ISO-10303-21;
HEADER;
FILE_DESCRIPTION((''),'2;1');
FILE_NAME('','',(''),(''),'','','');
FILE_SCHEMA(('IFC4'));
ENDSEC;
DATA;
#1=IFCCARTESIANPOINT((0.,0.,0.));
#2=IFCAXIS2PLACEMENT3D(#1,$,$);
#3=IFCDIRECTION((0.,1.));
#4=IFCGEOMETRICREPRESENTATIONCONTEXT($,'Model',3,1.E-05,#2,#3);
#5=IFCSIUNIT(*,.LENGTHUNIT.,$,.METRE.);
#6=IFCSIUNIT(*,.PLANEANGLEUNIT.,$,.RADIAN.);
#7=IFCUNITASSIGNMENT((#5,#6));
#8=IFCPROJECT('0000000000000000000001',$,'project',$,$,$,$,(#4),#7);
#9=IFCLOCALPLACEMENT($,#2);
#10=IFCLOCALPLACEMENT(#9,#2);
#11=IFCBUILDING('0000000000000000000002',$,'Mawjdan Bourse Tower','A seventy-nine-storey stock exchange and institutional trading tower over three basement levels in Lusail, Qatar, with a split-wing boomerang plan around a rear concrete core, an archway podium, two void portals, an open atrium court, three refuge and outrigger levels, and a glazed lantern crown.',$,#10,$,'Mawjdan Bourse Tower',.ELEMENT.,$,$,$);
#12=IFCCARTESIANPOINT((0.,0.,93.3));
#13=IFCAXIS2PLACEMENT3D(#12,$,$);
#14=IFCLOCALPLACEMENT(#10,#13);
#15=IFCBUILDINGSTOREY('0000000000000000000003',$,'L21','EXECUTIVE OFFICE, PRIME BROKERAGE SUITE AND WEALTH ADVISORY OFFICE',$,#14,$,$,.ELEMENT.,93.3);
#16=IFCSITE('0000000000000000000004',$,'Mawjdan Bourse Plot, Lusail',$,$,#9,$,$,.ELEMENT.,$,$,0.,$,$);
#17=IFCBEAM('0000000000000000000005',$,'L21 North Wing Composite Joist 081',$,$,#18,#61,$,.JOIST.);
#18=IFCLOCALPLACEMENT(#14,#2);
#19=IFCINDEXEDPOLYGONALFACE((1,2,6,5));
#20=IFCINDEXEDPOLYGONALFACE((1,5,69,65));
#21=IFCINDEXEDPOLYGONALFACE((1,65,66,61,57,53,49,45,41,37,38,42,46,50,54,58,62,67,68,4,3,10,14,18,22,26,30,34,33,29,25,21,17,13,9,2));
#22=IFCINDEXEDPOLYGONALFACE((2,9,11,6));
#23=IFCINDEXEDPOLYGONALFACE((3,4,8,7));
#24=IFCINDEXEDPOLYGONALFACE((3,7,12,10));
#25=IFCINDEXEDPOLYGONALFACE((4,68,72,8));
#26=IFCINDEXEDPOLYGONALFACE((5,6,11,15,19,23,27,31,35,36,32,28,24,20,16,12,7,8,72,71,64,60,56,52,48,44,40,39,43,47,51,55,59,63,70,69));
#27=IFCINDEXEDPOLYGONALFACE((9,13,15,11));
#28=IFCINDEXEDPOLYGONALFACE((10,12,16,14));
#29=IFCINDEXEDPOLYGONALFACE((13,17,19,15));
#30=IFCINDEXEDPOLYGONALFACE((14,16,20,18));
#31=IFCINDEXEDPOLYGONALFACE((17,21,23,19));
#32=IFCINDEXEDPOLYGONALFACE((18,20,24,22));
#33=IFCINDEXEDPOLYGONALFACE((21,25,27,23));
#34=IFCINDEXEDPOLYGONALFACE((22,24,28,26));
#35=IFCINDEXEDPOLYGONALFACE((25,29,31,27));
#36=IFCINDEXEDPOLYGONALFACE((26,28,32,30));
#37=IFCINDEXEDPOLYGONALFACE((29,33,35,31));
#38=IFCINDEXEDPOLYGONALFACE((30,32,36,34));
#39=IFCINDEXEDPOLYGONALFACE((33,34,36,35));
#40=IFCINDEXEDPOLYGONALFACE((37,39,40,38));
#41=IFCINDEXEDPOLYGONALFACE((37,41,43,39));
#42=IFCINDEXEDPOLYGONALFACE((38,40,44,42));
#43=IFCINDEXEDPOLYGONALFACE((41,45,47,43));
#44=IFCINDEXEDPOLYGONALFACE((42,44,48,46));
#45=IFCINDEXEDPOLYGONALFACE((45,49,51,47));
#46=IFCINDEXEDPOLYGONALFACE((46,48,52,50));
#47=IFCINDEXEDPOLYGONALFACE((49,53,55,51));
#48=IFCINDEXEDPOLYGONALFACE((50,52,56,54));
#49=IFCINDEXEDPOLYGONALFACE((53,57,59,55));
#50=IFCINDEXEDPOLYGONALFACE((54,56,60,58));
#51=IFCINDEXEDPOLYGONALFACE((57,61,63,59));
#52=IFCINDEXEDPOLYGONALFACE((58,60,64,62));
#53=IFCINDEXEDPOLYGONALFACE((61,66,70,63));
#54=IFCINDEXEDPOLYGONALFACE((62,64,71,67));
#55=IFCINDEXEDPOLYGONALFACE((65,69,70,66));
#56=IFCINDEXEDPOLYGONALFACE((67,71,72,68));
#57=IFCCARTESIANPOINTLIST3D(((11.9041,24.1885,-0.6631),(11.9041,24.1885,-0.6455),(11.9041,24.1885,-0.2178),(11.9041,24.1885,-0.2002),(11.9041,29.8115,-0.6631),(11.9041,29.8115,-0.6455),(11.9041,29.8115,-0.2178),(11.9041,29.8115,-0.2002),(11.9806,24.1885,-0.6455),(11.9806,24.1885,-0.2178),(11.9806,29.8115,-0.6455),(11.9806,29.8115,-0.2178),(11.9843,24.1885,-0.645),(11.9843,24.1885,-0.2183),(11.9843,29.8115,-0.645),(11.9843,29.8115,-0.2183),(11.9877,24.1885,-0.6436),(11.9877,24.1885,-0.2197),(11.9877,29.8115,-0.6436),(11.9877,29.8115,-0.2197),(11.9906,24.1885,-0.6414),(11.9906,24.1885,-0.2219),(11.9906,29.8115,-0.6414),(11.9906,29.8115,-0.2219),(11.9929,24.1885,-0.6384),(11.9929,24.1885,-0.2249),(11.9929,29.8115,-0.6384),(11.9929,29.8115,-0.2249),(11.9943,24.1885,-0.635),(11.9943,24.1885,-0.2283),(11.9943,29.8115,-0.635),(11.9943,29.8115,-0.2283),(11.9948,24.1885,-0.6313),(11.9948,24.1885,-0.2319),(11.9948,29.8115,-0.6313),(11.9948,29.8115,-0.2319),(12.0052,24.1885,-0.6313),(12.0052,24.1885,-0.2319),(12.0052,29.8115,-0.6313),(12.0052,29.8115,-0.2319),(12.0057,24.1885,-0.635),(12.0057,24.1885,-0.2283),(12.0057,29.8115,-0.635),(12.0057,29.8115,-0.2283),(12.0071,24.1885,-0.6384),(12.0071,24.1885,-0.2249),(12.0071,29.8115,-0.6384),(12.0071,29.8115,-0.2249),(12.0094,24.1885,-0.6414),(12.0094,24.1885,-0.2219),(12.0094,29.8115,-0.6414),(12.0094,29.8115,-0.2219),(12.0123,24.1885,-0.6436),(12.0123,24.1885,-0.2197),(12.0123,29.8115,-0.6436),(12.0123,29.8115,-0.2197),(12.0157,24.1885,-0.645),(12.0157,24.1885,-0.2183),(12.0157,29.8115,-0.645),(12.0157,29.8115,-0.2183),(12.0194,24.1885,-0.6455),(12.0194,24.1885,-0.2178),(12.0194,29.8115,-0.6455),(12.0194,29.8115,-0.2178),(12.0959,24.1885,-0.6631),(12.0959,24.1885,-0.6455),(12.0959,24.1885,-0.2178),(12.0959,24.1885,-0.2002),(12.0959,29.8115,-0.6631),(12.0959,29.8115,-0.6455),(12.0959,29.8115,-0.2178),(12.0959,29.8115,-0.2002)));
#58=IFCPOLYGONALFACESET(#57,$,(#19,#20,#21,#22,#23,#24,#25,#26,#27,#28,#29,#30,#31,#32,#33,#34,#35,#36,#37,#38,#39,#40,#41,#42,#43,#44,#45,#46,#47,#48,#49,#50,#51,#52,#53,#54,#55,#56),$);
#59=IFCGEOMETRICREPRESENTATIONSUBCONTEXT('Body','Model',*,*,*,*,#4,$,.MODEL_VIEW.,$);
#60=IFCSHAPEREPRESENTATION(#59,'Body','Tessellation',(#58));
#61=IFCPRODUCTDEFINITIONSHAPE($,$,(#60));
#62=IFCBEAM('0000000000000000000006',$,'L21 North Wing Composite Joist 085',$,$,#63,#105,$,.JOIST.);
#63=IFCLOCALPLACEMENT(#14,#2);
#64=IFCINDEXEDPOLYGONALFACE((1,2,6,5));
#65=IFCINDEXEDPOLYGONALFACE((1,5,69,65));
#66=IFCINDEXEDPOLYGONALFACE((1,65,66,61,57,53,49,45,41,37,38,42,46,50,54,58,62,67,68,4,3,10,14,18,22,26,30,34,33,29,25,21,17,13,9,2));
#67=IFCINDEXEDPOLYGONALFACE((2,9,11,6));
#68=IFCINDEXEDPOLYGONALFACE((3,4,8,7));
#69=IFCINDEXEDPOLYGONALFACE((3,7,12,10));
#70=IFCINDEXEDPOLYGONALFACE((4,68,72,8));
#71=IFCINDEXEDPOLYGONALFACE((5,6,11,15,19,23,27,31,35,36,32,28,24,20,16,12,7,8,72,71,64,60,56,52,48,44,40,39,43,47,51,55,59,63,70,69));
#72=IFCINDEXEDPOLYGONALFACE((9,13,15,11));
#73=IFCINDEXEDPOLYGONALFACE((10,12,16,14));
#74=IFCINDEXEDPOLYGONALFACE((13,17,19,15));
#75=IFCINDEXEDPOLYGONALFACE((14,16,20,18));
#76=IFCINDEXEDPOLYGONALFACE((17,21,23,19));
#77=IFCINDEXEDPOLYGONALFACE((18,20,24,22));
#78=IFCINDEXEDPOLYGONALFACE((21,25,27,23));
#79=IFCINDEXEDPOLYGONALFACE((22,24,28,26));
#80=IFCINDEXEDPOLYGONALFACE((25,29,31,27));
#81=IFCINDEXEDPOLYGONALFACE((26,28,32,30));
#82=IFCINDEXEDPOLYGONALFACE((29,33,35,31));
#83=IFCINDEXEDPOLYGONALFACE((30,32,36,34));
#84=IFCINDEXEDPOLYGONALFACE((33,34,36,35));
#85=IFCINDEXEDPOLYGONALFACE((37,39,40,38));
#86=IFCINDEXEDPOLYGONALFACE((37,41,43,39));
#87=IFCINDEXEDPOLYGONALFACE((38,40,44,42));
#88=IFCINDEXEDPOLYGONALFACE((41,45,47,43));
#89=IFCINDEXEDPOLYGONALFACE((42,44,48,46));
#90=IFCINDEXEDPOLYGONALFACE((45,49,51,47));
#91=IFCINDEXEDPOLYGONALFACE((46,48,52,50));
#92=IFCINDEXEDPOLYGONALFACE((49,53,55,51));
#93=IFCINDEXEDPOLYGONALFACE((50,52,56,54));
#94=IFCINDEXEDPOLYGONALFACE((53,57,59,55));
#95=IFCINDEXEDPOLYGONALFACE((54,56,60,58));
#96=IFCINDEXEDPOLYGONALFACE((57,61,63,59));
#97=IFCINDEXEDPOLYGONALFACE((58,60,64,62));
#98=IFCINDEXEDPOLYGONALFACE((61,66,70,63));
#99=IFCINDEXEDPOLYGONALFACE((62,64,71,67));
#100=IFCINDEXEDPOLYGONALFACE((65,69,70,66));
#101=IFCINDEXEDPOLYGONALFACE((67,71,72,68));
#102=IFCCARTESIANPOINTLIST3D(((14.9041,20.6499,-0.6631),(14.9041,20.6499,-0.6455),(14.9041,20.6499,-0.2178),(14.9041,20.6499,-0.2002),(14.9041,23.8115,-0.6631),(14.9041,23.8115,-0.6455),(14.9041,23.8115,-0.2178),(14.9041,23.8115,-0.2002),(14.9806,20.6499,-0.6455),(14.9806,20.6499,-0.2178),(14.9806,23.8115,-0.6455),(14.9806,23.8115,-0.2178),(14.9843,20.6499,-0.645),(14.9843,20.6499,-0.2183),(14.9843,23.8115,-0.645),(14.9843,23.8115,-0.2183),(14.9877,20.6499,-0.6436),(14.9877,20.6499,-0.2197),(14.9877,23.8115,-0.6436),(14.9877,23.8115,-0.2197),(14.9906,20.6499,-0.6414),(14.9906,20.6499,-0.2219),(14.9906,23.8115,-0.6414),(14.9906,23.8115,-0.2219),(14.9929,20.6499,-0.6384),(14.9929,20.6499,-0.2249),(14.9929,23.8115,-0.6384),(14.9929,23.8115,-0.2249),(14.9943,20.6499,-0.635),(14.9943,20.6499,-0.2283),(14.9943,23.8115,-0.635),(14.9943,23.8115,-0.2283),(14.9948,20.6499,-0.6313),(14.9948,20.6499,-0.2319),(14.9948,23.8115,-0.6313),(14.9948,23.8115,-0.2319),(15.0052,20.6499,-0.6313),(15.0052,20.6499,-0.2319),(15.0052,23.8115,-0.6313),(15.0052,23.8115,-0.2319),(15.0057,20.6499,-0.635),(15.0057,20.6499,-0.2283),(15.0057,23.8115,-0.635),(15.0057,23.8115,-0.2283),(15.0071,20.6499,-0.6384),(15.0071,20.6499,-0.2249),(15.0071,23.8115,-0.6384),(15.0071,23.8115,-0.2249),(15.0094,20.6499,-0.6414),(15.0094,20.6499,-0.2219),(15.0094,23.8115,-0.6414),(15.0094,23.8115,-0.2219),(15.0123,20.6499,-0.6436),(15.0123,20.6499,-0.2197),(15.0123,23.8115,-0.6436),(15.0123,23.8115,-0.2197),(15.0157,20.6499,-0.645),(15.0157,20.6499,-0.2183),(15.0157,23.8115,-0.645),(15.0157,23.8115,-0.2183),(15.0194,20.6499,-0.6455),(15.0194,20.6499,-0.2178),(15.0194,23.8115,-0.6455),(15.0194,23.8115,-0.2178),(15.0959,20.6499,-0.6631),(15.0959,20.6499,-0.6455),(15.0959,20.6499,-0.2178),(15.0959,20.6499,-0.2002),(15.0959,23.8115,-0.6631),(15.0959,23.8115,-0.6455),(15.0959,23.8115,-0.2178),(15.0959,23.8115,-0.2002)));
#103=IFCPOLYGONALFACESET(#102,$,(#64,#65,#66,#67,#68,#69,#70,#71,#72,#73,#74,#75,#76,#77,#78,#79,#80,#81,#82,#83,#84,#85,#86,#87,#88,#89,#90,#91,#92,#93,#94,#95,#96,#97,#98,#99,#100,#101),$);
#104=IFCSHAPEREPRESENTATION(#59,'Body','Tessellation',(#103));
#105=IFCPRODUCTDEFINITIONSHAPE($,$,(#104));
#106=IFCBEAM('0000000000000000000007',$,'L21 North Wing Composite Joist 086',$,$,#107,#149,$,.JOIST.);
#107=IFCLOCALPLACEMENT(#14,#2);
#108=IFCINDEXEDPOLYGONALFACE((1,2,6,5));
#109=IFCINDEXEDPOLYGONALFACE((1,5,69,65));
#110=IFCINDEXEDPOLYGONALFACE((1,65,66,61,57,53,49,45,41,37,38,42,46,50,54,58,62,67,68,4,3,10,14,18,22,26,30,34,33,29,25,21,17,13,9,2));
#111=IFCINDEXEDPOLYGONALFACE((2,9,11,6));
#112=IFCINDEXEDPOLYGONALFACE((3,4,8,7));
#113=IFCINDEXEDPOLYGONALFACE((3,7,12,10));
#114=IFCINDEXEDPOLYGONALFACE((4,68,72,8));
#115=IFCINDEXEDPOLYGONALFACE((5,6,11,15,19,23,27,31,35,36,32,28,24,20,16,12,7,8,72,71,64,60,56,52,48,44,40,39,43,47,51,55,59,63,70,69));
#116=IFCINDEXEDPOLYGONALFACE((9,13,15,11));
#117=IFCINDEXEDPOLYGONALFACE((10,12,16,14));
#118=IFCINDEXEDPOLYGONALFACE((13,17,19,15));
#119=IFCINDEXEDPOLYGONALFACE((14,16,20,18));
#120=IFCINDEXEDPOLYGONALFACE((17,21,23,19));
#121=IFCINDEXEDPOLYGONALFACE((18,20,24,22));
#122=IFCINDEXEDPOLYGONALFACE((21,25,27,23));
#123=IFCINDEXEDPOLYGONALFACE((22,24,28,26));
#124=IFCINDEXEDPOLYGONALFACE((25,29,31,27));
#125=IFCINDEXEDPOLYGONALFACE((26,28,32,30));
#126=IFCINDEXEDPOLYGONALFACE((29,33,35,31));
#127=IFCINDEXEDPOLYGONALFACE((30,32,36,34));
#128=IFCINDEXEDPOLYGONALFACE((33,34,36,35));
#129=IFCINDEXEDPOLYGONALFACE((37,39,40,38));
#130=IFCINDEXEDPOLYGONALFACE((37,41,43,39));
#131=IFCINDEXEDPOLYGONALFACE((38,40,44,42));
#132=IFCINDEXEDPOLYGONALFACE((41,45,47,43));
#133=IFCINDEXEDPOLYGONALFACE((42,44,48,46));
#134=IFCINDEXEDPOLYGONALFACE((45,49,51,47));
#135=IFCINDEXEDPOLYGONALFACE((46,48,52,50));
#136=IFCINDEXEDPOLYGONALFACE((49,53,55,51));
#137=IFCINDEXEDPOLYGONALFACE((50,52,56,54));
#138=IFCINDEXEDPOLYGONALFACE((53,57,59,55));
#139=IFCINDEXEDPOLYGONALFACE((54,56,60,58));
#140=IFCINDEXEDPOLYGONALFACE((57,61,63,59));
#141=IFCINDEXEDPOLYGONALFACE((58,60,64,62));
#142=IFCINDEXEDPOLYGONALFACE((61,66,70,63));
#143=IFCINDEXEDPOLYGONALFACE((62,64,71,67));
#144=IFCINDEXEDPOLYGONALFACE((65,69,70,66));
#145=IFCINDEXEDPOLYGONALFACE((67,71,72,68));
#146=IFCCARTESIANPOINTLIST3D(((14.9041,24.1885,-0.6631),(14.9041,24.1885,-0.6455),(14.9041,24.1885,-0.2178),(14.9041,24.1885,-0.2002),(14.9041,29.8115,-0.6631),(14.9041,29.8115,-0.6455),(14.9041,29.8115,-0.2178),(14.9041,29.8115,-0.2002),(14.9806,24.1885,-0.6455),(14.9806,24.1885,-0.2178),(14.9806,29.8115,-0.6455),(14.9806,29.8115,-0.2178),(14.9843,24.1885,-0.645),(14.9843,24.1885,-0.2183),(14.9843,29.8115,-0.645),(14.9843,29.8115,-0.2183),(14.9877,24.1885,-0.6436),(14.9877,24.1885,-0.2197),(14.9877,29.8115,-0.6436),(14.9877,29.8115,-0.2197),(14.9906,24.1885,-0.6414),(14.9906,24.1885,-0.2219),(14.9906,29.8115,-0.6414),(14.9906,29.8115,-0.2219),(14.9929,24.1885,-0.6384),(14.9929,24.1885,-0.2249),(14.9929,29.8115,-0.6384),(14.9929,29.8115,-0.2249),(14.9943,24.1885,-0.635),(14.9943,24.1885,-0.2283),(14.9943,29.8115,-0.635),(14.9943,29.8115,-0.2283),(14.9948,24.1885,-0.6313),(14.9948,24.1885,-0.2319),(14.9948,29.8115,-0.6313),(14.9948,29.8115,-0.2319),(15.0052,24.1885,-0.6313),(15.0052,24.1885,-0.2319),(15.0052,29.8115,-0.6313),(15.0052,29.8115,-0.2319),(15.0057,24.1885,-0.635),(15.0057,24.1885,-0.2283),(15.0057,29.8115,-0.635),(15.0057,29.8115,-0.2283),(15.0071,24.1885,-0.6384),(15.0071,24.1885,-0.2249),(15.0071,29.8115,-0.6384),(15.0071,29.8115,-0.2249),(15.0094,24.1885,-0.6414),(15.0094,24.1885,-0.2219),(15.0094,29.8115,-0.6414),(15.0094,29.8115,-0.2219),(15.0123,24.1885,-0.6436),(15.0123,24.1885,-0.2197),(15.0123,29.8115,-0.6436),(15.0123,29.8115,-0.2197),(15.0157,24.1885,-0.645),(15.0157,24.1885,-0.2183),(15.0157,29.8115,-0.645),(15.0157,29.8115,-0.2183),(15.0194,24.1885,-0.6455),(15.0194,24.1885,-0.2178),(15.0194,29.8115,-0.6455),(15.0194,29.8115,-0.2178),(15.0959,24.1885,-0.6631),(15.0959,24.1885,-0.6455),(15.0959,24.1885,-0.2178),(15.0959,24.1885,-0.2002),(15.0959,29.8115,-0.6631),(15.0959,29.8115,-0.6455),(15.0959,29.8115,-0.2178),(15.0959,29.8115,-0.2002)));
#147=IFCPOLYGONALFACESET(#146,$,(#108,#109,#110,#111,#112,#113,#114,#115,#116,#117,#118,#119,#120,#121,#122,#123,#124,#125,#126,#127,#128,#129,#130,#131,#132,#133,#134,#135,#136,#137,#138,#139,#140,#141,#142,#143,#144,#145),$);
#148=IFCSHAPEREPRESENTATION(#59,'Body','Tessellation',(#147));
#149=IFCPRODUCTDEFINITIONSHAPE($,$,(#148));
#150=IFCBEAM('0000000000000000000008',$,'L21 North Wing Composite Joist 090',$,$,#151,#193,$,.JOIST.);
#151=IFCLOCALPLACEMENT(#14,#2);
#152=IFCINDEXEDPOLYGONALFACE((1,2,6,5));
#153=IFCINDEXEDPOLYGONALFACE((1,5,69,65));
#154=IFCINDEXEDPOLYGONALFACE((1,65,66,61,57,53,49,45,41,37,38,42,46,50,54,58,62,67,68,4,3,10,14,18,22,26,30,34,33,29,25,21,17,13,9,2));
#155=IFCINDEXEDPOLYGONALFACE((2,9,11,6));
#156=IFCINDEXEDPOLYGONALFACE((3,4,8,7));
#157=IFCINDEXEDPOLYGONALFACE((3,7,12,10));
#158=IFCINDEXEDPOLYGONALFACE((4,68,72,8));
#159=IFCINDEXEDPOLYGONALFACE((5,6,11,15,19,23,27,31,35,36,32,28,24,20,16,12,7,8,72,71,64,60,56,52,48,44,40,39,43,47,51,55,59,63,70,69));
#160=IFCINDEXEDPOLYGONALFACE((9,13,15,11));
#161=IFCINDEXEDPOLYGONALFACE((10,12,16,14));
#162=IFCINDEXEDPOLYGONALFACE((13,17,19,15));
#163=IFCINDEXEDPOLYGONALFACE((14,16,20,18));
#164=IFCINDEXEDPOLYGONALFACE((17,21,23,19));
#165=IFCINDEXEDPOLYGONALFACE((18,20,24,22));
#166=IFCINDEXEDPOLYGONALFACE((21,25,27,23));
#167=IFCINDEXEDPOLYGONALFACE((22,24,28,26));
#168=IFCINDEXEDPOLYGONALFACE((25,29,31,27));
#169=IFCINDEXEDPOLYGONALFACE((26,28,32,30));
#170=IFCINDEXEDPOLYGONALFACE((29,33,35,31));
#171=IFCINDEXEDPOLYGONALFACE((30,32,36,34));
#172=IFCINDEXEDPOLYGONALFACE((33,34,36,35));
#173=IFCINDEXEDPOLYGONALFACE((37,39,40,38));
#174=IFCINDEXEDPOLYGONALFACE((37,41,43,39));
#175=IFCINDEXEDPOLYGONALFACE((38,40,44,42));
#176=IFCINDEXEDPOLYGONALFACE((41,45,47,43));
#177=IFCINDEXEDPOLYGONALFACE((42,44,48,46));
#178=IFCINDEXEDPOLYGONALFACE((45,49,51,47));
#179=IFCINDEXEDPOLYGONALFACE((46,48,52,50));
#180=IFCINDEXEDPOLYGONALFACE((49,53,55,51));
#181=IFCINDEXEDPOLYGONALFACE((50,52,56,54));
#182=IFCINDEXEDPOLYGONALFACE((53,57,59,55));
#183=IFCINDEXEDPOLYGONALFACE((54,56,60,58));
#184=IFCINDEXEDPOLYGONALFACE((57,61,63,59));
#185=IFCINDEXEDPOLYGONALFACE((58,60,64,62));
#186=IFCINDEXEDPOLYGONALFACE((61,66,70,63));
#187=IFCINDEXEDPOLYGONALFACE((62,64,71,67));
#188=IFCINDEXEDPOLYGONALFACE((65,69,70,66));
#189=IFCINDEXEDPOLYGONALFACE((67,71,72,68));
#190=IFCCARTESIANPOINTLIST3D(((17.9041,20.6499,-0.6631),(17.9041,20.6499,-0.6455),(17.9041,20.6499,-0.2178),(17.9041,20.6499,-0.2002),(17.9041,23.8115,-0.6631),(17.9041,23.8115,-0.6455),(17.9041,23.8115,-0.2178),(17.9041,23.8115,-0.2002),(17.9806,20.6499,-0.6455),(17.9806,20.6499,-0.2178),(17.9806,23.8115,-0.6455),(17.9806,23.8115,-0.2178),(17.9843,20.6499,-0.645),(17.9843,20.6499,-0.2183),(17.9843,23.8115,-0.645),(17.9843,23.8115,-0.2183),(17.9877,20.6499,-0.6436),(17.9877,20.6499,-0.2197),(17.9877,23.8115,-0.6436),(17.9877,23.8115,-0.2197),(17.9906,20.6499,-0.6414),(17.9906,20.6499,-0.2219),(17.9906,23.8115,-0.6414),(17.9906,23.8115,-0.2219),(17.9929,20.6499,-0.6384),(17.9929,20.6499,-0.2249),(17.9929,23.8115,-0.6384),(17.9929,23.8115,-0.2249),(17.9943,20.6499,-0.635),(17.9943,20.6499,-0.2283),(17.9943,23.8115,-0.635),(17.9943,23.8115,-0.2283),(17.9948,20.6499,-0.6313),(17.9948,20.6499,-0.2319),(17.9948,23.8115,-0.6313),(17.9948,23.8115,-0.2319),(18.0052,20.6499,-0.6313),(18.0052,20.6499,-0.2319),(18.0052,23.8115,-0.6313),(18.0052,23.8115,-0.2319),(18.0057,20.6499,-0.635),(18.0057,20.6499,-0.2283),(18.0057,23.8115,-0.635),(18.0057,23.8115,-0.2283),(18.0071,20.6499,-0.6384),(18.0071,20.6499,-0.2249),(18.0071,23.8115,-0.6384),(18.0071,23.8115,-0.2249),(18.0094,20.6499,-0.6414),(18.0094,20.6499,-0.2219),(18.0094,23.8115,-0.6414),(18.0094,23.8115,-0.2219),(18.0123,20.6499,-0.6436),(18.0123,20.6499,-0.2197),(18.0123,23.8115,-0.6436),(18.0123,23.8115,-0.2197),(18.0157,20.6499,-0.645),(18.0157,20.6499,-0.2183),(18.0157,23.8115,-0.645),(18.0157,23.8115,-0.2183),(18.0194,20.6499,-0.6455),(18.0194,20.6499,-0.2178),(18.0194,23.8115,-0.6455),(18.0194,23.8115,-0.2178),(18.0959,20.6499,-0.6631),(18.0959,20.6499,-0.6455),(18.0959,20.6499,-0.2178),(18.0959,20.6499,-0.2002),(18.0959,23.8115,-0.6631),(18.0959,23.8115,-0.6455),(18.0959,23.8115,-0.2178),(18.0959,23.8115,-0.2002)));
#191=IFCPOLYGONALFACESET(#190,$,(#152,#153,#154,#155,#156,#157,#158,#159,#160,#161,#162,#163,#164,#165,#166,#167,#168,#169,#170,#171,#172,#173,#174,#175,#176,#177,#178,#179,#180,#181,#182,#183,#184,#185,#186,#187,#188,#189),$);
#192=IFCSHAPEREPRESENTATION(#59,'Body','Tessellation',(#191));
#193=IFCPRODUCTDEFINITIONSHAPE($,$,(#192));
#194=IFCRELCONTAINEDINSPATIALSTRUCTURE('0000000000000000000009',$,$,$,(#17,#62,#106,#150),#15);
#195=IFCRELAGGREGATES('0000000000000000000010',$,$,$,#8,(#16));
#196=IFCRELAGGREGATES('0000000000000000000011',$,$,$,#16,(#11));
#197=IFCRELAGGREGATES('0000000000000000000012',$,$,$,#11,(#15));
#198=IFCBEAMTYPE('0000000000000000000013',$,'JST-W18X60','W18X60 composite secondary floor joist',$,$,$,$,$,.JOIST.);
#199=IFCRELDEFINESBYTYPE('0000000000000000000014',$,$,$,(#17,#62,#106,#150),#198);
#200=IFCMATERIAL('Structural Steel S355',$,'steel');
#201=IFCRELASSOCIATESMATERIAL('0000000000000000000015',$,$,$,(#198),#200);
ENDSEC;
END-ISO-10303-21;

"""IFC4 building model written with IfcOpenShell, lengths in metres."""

from ifc_helpers import new_model, si_unit, direction, frame, origin, origin_2d, place, context, subcontext, project, spatial, i_section, extrude, material, material_profile, profile_set, type_object, element, save


model = new_model("IFC4")

# Units and contexts
model_context = context("Model", 3, precision=1e-05, world=origin(), true_north=direction((0.0, 1.0)))
body_context = subcontext(model_context, "Body", "Model", "MODEL_VIEW")
ifc_project = project(units=[si_unit("LENGTHUNIT", "METRE"), si_unit("PLANEANGLEUNIT", "RADIAN")], contexts=[model_context])

# Site, building, storey
site_placement = place(None, origin())
site = spatial("IfcSite", under=ifc_project, at=site_placement, Name="Mawjdan Bourse Plot, Lusail", CompositionType="ELEMENT", RefElevation=0.0)
building_placement = place(site_placement, origin())
building = spatial("IfcBuilding", under=site, at=building_placement, Name="Mawjdan Bourse Tower", Description="A seventy-nine-storey stock exchange and institutional trading tower over three basement levels in Lusail, Qatar, with a split-wing boomerang plan around a rear concrete core, an archway podium, two void portals, an open atrium court, three refuge and outrigger levels, and a glazed lantern crown.", LongName="Mawjdan Bourse Tower", CompositionType="ELEMENT")
storey_placement = place(building_placement, frame((0.0, 0.0, 93.3)))
storey = spatial("IfcBuildingStorey", under=building, at=storey_placement, Name="L21", Description="EXECUTIVE OFFICE, PRIME BROKERAGE SUITE AND WEALTH ADVISORY OFFICE", CompositionType="ELEMENT", Elevation=93.3)

# Beams
ifc_material_1 = material(Name="Structural Steel S355", Category="steel")
ifc_material_profile_1 = material_profile(ifc_material_1, i_section(OverallWidth=0.1919, OverallDepth=0.4629, WebThickness=0.0105, FlangeThickness=0.0176, FilletRadius=0.0142, at=origin_2d()), Name="W18X60")
ifc_profile_set_1 = profile_set([ifc_material_profile_1], Name="Structural Steel S355")
beam_type_1 = type_object("IfcBeamType", Name="JST-W18X60", Description="W18X60 composite secondary floor joist", PredefinedType="JOIST", material=ifc_profile_set_1)
beam_1_placement = place(storey_placement, frame((12.0, 24.1885, -0.4316), z_axis=(0.0, 1.0, 0.0), x_axis=(-1.0, 0.0, 0.0)))
element("IfcBeam", 1, at=beam_1_placement, inside=storey, type_object=beam_type_1, Name="L21 North Wing Composite Joist 081", PredefinedType="JOIST", context=body_context, shape_type="SweptSolid", body=[
    extrude(i_section(OverallWidth=0.1919, OverallDepth=0.4629, WebThickness=0.0105, FlangeThickness=0.0176, FilletRadius=0.0142, at=origin_2d()), origin(), (0.0, 0.0, 1.0), 5.623),
])
beam_2_placement = place(storey_placement, frame((15.0, 20.6499, -0.4316), z_axis=(0.0, 1.0, 0.0), x_axis=(-1.0, 0.0, 0.0)))
element("IfcBeam", 2, at=beam_2_placement, inside=storey, type_object=beam_type_1, Name="L21 North Wing Composite Joist 085", PredefinedType="JOIST", context=body_context, shape_type="SweptSolid", body=[
    extrude(i_section(OverallWidth=0.1919, OverallDepth=0.4629, WebThickness=0.0105, FlangeThickness=0.0176, FilletRadius=0.0142, at=origin_2d()), origin(), (0.0, 0.0, 1.0), 3.1616),
])
beam_3_placement = place(storey_placement, frame((15.0, 24.1885, -0.4316), z_axis=(0.0, 1.0, 0.0), x_axis=(-1.0, 0.0, 0.0)))
element("IfcBeam", 3, at=beam_3_placement, inside=storey, type_object=beam_type_1, Name="L21 North Wing Composite Joist 086", PredefinedType="JOIST", context=body_context, shape_type="SweptSolid", body=[
    extrude(i_section(OverallWidth=0.1919, OverallDepth=0.4629, WebThickness=0.0105, FlangeThickness=0.0176, FilletRadius=0.0142, at=origin_2d()), origin(), (0.0, 0.0, 1.0), 5.623),
])
beam_4_placement = place(storey_placement, frame((18.0, 20.6499, -0.4316), z_axis=(0.0, 1.0, 0.0), x_axis=(-1.0, 0.0, 0.0)))
element("IfcBeam", 4, at=beam_4_placement, inside=storey, type_object=beam_type_1, Name="L21 North Wing Composite Joist 090", PredefinedType="JOIST", context=body_context, shape_type="SweptSolid", body=[
    extrude(i_section(OverallWidth=0.1919, OverallDepth=0.4629, WebThickness=0.0105, FlangeThickness=0.0176, FilletRadius=0.0142, at=origin_2d()), origin(), (0.0, 0.0, 1.0), 3.1616),
])

save(model, "model.ifc")
